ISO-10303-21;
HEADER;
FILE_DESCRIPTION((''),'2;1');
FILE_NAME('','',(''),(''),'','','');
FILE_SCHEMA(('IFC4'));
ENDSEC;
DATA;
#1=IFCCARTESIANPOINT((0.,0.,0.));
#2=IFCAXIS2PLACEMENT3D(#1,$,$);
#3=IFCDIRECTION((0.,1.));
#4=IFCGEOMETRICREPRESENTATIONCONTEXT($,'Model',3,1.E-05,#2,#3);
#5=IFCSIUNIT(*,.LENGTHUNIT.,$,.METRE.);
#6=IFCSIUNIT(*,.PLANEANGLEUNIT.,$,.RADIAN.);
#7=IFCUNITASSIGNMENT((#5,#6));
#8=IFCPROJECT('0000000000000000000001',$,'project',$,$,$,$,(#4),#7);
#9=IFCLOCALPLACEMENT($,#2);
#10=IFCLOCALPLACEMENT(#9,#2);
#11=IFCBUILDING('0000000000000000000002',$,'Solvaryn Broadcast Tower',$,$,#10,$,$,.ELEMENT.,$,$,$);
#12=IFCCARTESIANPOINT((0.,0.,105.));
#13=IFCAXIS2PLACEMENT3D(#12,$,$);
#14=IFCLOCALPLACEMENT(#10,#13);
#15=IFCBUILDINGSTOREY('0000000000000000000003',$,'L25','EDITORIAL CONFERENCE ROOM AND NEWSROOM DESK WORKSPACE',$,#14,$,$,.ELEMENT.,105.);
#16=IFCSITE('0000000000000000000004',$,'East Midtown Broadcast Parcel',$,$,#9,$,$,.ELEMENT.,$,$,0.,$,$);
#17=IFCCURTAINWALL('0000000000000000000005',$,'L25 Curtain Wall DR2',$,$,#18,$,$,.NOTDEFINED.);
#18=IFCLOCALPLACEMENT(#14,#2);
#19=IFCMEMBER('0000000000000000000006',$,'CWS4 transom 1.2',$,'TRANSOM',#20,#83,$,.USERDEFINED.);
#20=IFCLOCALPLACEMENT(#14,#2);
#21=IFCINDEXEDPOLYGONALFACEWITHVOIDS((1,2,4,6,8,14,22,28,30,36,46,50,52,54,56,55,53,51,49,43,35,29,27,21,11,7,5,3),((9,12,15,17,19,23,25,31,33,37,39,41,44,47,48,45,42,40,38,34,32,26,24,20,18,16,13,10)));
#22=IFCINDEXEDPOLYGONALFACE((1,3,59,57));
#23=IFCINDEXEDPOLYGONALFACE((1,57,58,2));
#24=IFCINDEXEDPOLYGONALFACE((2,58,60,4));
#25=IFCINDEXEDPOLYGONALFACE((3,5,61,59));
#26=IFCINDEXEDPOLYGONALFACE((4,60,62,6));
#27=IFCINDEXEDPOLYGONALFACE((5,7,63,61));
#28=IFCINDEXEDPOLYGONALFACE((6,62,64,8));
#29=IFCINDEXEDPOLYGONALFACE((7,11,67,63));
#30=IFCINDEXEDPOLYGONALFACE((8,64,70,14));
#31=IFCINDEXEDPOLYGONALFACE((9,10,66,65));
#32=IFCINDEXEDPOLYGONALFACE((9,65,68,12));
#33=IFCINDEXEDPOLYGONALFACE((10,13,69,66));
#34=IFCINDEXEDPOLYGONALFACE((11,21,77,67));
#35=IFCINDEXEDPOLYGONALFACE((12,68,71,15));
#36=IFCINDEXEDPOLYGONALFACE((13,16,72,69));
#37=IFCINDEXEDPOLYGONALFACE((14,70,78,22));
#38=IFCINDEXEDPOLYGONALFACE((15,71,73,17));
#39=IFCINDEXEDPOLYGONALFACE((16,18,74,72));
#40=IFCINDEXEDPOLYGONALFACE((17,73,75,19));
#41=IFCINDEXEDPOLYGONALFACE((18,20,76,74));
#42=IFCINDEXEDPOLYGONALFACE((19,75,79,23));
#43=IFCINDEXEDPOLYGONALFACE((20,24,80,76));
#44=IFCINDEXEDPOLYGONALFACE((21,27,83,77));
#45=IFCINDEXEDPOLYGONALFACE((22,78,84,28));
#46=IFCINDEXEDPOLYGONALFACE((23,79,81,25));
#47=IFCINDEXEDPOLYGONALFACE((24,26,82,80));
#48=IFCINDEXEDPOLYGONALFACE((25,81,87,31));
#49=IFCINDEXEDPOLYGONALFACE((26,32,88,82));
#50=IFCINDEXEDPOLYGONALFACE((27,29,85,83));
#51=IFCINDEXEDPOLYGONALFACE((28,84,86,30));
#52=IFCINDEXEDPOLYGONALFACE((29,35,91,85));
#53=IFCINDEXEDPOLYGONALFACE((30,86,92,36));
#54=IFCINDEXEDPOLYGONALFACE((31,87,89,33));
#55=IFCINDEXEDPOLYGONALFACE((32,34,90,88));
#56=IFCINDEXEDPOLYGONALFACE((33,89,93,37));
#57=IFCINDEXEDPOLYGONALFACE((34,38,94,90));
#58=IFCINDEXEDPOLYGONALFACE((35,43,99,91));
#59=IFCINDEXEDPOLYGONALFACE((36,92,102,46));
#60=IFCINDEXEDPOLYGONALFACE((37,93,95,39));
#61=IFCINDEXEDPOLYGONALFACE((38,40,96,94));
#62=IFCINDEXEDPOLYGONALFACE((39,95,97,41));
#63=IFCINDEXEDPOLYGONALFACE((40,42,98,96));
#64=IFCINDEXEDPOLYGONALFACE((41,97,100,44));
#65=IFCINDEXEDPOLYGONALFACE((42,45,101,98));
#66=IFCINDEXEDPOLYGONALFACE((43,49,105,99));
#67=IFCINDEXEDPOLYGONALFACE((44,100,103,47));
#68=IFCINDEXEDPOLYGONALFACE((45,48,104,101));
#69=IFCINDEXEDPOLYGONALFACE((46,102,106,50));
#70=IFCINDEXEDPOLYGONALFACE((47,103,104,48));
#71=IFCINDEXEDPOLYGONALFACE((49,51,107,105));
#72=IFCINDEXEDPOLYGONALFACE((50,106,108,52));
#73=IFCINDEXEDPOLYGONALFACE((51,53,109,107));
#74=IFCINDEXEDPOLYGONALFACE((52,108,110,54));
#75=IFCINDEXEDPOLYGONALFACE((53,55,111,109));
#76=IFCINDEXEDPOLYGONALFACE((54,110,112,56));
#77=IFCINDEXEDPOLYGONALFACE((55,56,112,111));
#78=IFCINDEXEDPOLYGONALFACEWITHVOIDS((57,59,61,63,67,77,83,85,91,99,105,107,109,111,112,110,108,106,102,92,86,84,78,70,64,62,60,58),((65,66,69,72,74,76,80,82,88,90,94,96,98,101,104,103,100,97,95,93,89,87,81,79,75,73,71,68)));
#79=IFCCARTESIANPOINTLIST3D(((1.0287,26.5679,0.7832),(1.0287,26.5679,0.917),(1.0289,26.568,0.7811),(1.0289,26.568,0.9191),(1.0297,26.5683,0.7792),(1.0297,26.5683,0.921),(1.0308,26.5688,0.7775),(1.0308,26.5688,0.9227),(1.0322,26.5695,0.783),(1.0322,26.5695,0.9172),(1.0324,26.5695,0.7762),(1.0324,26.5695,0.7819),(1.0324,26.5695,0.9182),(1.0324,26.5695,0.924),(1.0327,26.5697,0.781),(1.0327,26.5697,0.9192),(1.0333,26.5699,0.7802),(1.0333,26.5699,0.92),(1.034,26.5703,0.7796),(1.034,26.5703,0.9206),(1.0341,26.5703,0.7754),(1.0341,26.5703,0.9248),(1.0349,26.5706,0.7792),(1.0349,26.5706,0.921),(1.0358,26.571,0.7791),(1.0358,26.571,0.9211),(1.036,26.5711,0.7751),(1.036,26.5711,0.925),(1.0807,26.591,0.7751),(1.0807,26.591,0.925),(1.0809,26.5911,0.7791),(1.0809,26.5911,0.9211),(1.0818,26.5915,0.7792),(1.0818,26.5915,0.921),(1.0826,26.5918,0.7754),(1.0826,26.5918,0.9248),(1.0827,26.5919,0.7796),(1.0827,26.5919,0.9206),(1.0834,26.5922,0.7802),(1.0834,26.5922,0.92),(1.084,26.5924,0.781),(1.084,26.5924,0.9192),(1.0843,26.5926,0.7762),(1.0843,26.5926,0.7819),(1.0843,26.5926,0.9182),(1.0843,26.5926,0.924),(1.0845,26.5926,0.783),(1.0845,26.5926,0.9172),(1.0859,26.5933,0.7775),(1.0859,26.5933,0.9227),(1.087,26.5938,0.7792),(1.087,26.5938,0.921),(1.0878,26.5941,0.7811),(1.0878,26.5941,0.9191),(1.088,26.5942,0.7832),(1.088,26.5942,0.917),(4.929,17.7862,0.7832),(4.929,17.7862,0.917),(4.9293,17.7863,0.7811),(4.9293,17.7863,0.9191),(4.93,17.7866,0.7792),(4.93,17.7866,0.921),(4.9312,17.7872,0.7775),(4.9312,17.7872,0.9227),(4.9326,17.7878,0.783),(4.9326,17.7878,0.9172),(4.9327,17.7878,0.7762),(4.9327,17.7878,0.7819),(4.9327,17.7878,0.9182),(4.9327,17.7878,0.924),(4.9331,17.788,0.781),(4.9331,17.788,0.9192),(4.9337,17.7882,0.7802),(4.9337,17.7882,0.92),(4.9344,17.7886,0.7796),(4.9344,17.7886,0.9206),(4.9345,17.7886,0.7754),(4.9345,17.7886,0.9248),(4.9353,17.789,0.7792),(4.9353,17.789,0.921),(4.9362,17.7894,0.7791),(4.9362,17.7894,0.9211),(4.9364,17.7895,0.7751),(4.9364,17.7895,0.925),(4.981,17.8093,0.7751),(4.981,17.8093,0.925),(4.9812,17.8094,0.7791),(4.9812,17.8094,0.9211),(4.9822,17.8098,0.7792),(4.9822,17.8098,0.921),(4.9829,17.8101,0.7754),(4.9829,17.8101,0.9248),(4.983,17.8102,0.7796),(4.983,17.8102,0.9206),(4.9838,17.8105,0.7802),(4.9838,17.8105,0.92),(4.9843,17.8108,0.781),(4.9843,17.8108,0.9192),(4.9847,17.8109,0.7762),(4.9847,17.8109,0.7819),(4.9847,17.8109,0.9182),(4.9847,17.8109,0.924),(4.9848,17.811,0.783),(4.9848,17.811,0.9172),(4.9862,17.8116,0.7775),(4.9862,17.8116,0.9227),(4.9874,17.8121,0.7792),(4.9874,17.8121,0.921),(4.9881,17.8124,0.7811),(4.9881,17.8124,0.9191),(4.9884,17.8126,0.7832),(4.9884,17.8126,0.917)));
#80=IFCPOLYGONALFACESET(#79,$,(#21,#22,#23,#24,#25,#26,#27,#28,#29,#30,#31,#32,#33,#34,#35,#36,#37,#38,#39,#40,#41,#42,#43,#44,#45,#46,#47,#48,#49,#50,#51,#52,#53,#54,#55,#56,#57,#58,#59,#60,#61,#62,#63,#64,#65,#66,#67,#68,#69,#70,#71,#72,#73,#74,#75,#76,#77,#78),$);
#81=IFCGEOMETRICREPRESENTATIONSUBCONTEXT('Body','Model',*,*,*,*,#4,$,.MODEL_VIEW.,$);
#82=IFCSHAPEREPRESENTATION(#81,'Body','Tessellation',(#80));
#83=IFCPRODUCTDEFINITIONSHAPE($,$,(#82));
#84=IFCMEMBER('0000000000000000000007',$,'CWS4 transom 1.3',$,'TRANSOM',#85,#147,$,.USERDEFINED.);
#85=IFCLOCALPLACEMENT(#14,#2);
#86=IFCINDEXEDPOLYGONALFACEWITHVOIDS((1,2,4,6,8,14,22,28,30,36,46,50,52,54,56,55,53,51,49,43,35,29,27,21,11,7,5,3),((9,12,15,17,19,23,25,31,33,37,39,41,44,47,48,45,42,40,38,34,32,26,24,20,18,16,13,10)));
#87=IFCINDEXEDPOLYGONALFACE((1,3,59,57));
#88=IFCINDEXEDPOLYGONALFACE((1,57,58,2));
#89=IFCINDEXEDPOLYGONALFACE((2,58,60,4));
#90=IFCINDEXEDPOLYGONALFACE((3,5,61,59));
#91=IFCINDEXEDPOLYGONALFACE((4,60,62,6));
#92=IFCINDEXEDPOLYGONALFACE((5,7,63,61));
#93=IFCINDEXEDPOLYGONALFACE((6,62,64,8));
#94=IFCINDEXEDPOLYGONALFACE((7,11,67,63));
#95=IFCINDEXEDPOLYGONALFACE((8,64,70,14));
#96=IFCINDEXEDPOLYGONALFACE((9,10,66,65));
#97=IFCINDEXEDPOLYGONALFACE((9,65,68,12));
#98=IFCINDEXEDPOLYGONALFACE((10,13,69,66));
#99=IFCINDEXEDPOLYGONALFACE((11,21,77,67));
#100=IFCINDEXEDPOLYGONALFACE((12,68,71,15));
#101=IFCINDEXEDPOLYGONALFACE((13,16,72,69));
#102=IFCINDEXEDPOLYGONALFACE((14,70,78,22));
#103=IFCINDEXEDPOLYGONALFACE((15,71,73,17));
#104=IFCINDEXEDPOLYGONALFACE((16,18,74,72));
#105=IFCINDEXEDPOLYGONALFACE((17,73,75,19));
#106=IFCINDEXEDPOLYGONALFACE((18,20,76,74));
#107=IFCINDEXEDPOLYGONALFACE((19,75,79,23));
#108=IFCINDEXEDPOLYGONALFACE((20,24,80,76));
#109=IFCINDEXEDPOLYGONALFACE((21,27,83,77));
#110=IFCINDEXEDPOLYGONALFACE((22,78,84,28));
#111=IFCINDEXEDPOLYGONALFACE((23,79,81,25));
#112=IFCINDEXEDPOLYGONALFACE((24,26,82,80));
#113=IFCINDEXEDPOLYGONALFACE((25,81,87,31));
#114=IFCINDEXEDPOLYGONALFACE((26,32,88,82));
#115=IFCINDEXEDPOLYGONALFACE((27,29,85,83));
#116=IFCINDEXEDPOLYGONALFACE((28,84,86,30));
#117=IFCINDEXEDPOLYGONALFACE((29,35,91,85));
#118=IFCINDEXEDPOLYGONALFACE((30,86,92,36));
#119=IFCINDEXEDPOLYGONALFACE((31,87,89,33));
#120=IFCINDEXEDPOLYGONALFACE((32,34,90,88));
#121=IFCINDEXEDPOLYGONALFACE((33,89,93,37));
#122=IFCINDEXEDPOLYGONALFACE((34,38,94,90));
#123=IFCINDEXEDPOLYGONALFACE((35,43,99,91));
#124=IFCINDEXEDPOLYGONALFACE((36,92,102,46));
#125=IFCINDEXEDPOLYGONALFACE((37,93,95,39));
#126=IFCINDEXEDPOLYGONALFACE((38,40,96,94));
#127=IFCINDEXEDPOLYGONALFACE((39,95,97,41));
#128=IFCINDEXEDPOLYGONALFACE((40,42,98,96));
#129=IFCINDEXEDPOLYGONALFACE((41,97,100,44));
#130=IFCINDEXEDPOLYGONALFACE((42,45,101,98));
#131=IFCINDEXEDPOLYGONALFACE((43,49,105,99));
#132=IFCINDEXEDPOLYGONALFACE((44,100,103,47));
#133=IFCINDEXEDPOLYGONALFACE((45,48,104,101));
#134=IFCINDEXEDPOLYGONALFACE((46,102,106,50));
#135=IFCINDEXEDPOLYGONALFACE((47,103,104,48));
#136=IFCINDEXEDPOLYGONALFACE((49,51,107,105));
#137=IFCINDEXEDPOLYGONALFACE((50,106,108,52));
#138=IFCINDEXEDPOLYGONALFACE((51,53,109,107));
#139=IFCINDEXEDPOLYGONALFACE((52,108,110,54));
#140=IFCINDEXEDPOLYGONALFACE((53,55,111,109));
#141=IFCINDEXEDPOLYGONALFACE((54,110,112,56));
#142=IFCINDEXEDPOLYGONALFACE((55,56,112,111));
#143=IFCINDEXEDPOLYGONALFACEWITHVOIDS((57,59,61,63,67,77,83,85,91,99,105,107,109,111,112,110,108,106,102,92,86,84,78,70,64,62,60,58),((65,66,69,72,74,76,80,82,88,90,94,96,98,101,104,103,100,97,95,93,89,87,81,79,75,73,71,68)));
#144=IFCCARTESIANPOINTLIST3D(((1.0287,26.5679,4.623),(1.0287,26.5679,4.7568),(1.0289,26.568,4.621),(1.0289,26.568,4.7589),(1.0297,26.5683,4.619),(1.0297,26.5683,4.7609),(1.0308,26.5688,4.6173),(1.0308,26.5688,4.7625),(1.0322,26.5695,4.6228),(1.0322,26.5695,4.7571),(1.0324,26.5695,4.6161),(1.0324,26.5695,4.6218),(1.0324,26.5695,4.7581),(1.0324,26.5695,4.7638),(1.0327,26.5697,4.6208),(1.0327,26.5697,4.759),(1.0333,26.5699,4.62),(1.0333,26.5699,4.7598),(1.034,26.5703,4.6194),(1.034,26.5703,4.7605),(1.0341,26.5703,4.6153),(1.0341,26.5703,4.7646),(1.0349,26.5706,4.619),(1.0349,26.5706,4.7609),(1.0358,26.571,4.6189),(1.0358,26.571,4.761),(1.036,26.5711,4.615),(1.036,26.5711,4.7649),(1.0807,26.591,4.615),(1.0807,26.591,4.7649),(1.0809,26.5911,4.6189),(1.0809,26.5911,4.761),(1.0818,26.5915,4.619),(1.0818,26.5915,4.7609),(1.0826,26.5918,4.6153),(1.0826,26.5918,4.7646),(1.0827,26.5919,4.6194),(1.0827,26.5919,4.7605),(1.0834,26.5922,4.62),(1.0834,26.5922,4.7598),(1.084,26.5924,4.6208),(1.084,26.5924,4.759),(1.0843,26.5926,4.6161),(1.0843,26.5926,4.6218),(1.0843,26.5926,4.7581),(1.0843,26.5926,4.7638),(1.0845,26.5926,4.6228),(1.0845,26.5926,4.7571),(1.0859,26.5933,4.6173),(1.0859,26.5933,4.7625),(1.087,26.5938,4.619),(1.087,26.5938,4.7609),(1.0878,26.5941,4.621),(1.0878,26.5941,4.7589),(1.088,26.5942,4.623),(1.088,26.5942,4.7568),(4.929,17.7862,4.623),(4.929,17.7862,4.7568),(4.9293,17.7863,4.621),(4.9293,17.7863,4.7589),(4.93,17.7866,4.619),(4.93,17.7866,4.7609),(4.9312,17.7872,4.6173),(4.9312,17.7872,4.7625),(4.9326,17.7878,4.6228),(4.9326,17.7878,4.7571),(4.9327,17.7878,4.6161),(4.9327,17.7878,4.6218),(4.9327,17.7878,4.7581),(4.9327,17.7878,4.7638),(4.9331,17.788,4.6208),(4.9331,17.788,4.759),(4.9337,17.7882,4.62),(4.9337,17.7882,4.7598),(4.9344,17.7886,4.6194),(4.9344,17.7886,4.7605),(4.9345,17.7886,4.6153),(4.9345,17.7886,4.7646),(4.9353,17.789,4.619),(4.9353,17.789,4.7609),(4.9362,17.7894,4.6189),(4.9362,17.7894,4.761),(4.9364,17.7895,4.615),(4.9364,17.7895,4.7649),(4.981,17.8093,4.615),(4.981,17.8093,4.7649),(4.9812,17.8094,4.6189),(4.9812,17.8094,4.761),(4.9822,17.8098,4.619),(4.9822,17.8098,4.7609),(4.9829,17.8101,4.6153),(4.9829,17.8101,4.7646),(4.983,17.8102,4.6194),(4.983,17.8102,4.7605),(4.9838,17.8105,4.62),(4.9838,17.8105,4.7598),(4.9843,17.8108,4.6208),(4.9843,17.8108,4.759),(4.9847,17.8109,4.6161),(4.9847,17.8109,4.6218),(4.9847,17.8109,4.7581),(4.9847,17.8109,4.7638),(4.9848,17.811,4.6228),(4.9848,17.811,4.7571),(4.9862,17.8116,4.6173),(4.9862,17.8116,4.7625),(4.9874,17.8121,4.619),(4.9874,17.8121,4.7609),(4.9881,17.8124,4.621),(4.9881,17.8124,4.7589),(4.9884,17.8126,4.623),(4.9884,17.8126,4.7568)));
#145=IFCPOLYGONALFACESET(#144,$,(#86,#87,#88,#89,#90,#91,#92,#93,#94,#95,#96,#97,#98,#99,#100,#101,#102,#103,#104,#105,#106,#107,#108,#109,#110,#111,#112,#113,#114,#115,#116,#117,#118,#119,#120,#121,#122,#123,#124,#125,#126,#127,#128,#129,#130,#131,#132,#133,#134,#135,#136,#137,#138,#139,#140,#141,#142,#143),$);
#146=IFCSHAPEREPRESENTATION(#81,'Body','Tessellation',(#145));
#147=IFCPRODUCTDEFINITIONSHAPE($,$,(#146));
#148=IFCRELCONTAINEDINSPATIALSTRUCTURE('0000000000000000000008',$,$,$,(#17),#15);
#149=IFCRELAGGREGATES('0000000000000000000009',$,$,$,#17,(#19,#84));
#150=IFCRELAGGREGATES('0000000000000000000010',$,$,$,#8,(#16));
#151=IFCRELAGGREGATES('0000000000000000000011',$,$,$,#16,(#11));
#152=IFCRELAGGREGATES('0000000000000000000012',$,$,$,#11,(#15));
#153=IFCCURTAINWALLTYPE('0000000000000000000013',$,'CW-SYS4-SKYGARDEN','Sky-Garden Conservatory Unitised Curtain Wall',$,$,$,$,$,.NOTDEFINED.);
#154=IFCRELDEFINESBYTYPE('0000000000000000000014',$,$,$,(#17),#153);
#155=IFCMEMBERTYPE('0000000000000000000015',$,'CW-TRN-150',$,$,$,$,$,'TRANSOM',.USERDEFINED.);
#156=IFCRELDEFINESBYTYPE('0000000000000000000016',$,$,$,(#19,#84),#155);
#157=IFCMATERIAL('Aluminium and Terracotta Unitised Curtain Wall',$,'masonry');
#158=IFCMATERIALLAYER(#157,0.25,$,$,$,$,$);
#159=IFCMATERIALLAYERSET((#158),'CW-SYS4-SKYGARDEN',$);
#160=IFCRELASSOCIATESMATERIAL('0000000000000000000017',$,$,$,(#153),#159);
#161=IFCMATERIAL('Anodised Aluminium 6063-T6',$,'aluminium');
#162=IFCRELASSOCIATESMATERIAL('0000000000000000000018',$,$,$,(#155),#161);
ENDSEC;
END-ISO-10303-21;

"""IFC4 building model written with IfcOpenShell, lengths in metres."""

from ifc_helpers import new_model, si_unit, direction, frame, origin, origin_2d, place, context, subcontext, project, spatial, hollow_rectangle, extrude, material, layer, layer_set, material_profile, profile_set, type_object, element, aggregate, save


model = new_model("IFC4")

# Units and contexts
model_context = context("Model", 3, precision=1e-05, world=origin(), true_north=direction((0.0, 1.0)))
body_context = subcontext(model_context, "Body", "Model", "MODEL_VIEW")
ifc_project = project(units=[si_unit("LENGTHUNIT", "METRE"), si_unit("PLANEANGLEUNIT", "RADIAN")], contexts=[model_context])

# Site, building, storey
site_placement = place(None, origin())
site = spatial("IfcSite", under=ifc_project, at=site_placement, Name="East Midtown Broadcast Parcel", CompositionType="ELEMENT", RefElevation=0.0)
building_placement = place(site_placement, origin())
building = spatial("IfcBuilding", under=site, at=building_placement, Name="Solvaryn Broadcast Tower", CompositionType="ELEMENT")
storey_placement = place(building_placement, frame((0.0, 0.0, 105.0)))
storey = spatial("IfcBuildingStorey", under=building, at=storey_placement, Name="L25", Description="EDITORIAL CONFERENCE ROOM AND NEWSROOM DESK WORKSPACE", CompositionType="ELEMENT", Elevation=105.0)

# Shared definitions
ifc_material_1 = material(Name="Aluminium and Terracotta Unitised Curtain Wall", Category="masonry")
ifc_layer_1 = layer(ifc_material_1, 0.25)
ifc_layer_set_1 = layer_set([ifc_layer_1], Name="CW-SYS4-SKYGARDEN")
curtain_wall_type = type_object("IfcCurtainWallType", Name="CW-SYS4-SKYGARDEN", Description="Sky-Garden Conservatory Unitised Curtain Wall", PredefinedType="NOTDEFINED", material=ifc_layer_set_1)

# Curtain wall, members
curtain_wall_1_placement = place(storey_placement, origin())
curtain_wall_1 = element("IfcCurtainWall", 1, at=curtain_wall_1_placement, inside=storey, type_object=curtain_wall_type, Name="L25 Curtain Wall DR2", PredefinedType="NOTDEFINED")
ifc_material_2 = material(Name="Anodised Aluminium 6063-T6", Category="aluminium")
ifc_material_profile_1 = material_profile(ifc_material_2, hollow_rectangle(XDim=0.0649, YDim=0.1499, WallThickness=0.0039, InnerFilletRadius=0.0039, OuterFilletRadius=0.0081, at=origin_2d()))
ifc_profile_set_1 = profile_set([ifc_material_profile_1], Name="Anodised Aluminium 6063-T6")
member_type_1 = type_object("IfcMemberType", Name="CW-TRN-150", ElementType="TRANSOM", PredefinedType="USERDEFINED", material=ifc_profile_set_1)
member_1_placement = place(storey_placement, frame((1.0583, 26.5811, 0.8501), z_axis=(0.405912, -0.913912, 0.0), x_axis=(0.913912, 0.405912, 0.0)))
member_1 = element("IfcMember", 2, at=member_1_placement, type_object=member_type_1, Name="CWS4 transom 1.2", ObjectType="TRANSOM", PredefinedType="USERDEFINED", context=body_context, shape_type="SweptSolid", body=[
    extrude(hollow_rectangle(XDim=0.0649, YDim=0.1499, WallThickness=0.0039, InnerFilletRadius=0.0039, OuterFilletRadius=0.0081, at=origin_2d()), origin(), (0.0, 0.0, 1.0), 9.6089),
])
member_2_placement = place(storey_placement, frame((1.0583, 26.5811, 4.6899), z_axis=(0.405912, -0.913912, 0.0), x_axis=(0.913912, 0.405912, 0.0)))
member_2 = element("IfcMember", 3, at=member_2_placement, type_object=member_type_1, Name="CWS4 transom 1.3", ObjectType="TRANSOM", PredefinedType="USERDEFINED", context=body_context, shape_type="SweptSolid", body=[
    extrude(hollow_rectangle(XDim=0.0649, YDim=0.1499, WallThickness=0.0039, InnerFilletRadius=0.0039, OuterFilletRadius=0.0081, at=origin_2d()), origin(), (0.0, 0.0, 1.0), 9.6089),
])
aggregate(curtain_wall_1, [member_1, member_2])

save(model, "model.ifc")
